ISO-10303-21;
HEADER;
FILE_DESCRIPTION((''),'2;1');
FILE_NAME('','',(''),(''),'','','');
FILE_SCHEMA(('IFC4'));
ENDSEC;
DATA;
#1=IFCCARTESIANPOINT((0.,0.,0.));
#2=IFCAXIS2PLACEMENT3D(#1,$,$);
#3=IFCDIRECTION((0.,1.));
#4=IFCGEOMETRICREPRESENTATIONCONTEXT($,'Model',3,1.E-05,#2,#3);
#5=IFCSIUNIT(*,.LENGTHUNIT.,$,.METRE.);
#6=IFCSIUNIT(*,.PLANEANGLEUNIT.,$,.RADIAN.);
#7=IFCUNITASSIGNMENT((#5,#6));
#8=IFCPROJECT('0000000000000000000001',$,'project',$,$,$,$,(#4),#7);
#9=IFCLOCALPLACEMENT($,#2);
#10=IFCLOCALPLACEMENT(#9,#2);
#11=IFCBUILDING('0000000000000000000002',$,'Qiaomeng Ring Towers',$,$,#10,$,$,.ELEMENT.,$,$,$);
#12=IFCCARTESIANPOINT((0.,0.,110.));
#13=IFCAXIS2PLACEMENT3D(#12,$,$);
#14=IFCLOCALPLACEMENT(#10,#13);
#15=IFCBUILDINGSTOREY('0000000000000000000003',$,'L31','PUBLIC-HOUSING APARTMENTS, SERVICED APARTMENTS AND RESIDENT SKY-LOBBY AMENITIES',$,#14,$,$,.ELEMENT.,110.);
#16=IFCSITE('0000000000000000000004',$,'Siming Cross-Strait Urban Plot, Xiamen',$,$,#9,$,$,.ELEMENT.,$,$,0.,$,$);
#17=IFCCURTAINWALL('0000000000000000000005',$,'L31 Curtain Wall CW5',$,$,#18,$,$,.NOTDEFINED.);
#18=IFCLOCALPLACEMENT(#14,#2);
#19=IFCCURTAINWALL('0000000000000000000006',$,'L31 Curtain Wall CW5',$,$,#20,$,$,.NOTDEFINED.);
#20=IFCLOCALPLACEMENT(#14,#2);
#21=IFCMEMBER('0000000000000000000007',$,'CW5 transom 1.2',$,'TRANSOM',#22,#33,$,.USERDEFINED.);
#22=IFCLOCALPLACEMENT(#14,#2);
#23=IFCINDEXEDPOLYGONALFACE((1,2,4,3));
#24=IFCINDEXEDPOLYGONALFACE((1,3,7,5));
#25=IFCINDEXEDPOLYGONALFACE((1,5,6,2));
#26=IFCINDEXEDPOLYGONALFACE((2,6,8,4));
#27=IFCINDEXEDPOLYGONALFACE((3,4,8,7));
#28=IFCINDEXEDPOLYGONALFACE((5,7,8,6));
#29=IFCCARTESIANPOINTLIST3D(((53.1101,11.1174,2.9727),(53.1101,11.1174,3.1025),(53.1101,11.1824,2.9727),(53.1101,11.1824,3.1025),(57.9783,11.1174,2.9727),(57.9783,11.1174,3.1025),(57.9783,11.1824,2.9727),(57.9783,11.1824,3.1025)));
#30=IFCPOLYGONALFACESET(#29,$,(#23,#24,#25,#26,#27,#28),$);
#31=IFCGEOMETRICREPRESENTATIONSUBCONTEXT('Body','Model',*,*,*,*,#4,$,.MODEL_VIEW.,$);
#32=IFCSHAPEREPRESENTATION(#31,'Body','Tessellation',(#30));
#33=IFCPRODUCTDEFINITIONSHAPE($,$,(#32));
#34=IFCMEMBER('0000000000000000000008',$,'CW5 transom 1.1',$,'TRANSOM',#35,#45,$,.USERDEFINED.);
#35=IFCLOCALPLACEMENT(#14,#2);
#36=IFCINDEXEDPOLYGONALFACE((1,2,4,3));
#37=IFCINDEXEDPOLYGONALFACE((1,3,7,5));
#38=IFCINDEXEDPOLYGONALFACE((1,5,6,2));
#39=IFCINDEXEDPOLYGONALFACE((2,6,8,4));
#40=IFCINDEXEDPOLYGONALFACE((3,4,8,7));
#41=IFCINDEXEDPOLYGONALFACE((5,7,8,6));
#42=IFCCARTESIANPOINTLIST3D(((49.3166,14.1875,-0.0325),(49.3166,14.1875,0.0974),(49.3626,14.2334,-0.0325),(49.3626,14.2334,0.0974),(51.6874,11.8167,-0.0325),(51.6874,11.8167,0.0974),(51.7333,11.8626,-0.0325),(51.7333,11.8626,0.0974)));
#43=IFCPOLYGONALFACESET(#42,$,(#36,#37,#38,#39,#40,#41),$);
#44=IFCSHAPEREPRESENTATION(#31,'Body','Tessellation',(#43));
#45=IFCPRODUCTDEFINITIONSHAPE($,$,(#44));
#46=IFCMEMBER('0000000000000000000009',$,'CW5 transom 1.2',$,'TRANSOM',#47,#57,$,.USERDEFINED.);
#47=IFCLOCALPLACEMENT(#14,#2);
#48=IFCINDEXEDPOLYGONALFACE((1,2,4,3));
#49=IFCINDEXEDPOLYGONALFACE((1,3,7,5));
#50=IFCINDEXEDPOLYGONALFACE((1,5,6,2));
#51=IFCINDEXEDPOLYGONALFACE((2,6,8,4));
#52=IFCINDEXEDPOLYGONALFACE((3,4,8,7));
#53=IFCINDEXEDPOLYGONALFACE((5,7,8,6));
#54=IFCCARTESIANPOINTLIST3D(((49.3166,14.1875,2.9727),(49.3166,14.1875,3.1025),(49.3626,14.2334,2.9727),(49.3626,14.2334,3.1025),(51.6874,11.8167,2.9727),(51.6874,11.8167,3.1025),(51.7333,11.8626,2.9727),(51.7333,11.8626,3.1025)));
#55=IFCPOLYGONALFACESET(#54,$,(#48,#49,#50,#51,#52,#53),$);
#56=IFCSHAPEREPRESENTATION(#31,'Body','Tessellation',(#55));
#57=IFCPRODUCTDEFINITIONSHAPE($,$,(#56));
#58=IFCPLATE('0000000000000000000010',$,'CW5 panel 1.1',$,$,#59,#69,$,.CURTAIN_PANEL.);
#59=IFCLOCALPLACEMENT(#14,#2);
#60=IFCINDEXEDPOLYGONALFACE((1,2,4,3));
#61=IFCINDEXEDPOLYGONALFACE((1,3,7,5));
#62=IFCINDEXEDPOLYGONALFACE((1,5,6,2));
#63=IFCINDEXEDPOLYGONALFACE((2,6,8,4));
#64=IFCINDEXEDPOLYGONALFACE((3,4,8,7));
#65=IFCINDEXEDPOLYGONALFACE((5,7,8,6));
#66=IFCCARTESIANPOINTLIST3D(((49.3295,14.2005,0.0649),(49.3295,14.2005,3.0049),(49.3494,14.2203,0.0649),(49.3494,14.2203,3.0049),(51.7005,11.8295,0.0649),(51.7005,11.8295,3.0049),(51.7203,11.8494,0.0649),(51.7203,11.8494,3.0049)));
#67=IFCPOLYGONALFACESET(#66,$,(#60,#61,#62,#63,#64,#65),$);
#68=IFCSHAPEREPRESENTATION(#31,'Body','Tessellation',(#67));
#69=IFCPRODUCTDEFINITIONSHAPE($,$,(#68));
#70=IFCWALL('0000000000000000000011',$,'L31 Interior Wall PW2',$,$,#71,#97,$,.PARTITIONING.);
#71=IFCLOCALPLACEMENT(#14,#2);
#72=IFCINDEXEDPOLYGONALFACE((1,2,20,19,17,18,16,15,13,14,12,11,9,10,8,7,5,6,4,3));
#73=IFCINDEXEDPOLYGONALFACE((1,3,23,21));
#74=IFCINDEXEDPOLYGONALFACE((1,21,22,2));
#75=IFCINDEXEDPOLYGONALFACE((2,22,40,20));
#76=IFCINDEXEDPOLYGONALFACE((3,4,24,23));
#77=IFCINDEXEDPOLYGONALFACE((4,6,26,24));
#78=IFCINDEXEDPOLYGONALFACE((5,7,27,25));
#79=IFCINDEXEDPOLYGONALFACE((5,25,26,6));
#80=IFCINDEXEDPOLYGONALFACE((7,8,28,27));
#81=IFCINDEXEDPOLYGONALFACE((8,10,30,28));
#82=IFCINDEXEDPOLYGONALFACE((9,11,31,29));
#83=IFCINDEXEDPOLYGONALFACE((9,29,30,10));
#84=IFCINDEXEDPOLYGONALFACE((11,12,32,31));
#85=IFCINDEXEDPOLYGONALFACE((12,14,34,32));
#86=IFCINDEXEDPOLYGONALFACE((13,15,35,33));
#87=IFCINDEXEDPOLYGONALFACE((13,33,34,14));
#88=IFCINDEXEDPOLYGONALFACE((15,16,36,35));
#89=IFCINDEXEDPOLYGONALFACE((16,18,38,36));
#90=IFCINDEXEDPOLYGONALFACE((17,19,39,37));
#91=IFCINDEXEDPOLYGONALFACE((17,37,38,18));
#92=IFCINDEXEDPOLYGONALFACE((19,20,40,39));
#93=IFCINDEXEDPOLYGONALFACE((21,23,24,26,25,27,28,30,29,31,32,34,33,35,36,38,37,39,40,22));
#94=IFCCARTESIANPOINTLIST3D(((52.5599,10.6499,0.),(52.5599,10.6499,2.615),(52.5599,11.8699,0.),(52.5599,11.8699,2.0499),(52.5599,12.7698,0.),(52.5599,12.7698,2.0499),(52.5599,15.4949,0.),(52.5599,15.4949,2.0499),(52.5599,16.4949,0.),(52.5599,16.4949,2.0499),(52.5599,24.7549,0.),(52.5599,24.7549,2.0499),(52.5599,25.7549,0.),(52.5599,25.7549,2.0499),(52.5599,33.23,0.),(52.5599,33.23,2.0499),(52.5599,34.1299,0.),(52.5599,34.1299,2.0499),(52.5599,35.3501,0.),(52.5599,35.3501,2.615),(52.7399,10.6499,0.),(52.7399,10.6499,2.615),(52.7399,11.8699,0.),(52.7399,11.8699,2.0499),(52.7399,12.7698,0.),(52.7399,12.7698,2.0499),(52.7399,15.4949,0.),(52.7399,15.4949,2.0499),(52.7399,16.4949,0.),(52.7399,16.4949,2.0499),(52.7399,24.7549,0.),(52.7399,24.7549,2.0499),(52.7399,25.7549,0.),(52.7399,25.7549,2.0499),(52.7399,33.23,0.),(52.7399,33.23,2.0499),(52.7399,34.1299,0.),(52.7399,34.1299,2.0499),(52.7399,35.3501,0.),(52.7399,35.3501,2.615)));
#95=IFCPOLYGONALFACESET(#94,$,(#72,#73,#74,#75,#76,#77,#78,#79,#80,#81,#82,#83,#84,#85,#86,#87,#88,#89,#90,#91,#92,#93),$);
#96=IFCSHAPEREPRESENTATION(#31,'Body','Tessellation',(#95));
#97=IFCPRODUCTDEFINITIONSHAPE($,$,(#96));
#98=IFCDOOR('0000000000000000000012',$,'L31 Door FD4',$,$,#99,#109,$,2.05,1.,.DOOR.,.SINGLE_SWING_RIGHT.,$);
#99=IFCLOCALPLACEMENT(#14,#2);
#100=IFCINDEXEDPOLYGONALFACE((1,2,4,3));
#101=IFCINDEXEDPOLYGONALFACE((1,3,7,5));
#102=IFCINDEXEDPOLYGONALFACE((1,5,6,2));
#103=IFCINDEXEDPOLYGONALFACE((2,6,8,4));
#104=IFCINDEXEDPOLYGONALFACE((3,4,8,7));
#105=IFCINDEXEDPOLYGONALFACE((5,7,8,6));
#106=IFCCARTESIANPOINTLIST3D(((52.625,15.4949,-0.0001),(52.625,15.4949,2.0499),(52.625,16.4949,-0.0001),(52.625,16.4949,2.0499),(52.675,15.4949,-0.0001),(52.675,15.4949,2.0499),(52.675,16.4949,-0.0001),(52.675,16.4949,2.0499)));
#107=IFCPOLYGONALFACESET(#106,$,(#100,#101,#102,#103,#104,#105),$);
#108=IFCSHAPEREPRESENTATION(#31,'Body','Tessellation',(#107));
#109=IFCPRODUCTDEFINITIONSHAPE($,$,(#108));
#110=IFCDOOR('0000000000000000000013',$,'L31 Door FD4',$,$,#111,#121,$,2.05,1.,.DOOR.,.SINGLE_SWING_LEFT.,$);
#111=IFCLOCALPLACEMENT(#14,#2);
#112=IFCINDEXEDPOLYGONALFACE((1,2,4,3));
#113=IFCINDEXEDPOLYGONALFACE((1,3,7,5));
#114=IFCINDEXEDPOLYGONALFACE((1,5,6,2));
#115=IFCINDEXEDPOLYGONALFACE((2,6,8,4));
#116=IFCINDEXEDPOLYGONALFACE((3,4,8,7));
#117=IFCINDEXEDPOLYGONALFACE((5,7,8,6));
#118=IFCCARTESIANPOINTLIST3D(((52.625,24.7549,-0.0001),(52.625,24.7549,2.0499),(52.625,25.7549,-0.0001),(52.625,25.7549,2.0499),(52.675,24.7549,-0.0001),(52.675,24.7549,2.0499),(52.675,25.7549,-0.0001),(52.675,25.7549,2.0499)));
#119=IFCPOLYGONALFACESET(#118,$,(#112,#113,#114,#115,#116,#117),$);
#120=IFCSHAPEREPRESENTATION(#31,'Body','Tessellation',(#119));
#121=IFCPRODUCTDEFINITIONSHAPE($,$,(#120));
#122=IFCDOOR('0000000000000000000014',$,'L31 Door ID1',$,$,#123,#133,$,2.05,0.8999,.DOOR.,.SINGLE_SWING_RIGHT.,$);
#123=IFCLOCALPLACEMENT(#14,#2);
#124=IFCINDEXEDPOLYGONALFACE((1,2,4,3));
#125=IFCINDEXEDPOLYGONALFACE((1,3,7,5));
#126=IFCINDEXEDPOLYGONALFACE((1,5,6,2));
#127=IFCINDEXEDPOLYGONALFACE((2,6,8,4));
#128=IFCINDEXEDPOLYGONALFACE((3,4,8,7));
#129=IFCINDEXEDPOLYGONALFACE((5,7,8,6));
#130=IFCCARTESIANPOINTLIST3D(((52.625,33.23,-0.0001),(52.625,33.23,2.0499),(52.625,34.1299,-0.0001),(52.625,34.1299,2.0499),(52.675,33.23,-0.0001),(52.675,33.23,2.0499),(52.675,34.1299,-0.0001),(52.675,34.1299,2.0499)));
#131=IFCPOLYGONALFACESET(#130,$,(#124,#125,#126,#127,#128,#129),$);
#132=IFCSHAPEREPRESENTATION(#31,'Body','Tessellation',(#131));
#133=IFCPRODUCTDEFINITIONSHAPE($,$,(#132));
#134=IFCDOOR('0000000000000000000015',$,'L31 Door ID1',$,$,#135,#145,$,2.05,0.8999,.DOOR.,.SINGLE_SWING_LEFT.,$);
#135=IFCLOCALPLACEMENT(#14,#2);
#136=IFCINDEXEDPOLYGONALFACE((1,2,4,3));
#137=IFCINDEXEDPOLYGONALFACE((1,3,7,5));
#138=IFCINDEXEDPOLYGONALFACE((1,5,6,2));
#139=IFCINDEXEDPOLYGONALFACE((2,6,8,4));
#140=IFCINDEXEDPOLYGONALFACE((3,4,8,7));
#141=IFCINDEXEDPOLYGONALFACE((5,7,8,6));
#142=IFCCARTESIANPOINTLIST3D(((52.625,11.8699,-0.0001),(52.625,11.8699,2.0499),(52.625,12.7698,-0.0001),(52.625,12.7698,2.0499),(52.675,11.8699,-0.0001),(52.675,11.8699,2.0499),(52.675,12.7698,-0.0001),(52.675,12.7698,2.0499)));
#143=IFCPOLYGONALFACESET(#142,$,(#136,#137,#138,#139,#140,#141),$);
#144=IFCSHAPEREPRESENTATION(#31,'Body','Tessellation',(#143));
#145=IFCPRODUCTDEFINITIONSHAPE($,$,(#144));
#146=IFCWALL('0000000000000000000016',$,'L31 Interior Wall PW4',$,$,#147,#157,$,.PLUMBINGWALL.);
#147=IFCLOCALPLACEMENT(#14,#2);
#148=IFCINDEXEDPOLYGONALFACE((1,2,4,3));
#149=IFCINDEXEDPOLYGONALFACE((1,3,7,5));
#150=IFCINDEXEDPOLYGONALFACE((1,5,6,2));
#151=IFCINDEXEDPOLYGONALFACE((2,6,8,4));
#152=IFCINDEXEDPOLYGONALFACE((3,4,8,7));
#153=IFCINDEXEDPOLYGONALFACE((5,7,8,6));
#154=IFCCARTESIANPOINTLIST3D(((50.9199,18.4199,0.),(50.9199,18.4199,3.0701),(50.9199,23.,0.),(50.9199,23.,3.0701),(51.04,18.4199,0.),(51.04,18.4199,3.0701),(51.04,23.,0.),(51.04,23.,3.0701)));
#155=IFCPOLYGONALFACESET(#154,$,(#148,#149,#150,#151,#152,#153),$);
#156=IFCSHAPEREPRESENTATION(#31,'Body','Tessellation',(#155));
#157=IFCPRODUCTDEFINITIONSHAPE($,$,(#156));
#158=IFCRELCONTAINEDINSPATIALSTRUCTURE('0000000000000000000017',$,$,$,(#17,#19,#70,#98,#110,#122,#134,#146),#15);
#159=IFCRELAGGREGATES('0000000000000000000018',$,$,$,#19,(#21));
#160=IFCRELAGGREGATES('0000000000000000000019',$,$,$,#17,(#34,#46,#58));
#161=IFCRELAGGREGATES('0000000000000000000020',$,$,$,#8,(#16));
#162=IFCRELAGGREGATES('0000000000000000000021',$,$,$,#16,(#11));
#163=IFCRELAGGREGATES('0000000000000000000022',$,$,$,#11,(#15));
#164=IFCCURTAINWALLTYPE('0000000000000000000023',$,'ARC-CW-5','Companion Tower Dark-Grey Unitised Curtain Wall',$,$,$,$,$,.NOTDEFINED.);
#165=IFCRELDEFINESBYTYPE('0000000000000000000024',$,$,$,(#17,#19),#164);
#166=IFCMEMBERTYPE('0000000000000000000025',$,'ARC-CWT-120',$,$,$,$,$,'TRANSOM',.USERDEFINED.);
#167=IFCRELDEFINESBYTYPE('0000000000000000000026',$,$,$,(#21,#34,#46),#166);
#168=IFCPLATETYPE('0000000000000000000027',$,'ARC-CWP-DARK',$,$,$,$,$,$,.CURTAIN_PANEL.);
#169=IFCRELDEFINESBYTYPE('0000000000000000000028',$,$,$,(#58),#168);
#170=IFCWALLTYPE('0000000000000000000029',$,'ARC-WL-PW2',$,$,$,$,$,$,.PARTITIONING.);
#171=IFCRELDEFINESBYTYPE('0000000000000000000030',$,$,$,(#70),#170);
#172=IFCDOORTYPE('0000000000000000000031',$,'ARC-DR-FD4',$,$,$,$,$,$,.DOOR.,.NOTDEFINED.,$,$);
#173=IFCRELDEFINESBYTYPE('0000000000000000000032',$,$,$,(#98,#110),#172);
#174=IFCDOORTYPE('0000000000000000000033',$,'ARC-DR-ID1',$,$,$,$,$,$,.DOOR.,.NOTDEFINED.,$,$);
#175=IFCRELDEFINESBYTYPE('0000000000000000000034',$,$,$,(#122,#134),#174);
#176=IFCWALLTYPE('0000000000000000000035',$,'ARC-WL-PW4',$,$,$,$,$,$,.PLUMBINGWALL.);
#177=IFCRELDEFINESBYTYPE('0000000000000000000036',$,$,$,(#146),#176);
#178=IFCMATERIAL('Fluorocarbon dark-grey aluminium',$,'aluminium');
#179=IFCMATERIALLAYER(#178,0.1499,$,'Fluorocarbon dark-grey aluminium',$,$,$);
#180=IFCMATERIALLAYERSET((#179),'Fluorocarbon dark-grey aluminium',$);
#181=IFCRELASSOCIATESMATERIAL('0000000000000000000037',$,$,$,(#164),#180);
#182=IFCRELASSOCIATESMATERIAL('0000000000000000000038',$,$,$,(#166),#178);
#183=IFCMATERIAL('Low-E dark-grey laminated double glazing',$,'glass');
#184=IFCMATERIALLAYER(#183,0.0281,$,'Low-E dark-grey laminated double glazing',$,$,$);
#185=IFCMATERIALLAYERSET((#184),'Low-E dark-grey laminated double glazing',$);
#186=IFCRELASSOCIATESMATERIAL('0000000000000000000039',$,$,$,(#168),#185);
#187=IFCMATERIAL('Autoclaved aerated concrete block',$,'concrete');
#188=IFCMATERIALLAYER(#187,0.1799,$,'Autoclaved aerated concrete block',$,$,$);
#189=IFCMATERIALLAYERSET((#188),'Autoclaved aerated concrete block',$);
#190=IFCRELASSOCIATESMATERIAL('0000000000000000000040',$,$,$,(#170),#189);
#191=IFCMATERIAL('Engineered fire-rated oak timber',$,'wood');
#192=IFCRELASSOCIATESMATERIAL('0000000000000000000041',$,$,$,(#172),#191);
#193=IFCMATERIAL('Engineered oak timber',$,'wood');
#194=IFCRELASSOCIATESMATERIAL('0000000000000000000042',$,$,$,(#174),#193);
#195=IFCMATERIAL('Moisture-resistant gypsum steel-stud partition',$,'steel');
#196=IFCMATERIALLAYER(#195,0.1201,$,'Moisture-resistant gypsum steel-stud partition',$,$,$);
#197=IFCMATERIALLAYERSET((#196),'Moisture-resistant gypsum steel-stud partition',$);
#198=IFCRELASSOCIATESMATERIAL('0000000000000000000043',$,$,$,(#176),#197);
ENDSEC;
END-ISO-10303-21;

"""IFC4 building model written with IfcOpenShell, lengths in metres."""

from ifc_helpers import new_model, si_unit, direction, frame, frame_2d, origin, origin_2d, place, context, subcontext, project, spatial, rectangle, extrude, source, transform, mapped, material, layer, layer_set, material_profile, profile_set, type_object, element, fill, aggregate, save


model = new_model("IFC4")

# Units and contexts
model_context = context("Model", 3, precision=1e-05, world=origin(), true_north=direction((0.0, 1.0)))
body_context = subcontext(model_context, "Body", "Model", "MODEL_VIEW")
ifc_project = project(units=[si_unit("LENGTHUNIT", "METRE"), si_unit("PLANEANGLEUNIT", "RADIAN")], contexts=[model_context])

# Site, building, storey
site_placement = place(None, origin())
site = spatial("IfcSite", under=ifc_project, at=site_placement, Name="Siming Cross-Strait Urban Plot, Xiamen", CompositionType="ELEMENT", RefElevation=0.0)
building_placement = place(site_placement, origin())
building = spatial("IfcBuilding", under=site, at=building_placement, Name="Qiaomeng Ring Towers", CompositionType="ELEMENT")
storey_placement = place(building_placement, frame((0.0, 0.0, 110.0)))
storey = spatial("IfcBuildingStorey", under=building, at=storey_placement, Name="L31", Description="PUBLIC-HOUSING APARTMENTS, SERVICED APARTMENTS AND RESIDENT SKY-LOBBY AMENITIES", CompositionType="ELEMENT", Elevation=110.0)

# Curtain walls, member
ifc_material_1 = material(Name="Fluorocarbon dark-grey aluminium", Category="aluminium")
ifc_layer_1 = layer(ifc_material_1, 0.1499, Name="Fluorocarbon dark-grey aluminium")
ifc_layer_set_1 = layer_set([ifc_layer_1], Name="Fluorocarbon dark-grey aluminium")
curtain_wall_type = type_object("IfcCurtainWallType", Name="ARC-CW-5", Description="Companion Tower Dark-Grey Unitised Curtain Wall", PredefinedType="NOTDEFINED", material=ifc_layer_set_1)
curtain_wall_1_placement = place(storey_placement, origin())
curtain_wall_1 = element("IfcCurtainWall", 1, at=curtain_wall_1_placement, inside=storey, type_object=curtain_wall_type, Name="L31 Curtain Wall CW5", PredefinedType="NOTDEFINED")
curtain_wall_2_placement = place(storey_placement, origin())
curtain_wall_2 = element("IfcCurtainWall", 2, at=curtain_wall_2_placement, inside=storey, type_object=curtain_wall_type, Name="L31 Curtain Wall CW5", PredefinedType="NOTDEFINED")
ifc_material_profile_1 = material_profile(ifc_material_1, rectangle(XDim=0.0649, YDim=0.1299, at=origin_2d()), Name="ALU TRAN 65x130")
ifc_profile_set_1 = profile_set([ifc_material_profile_1], Name="Fluorocarbon dark-grey aluminium")
member_type_1 = type_object("IfcMemberType", Name="ARC-CWT-120", ElementType="TRANSOM", PredefinedType="USERDEFINED", material=ifc_profile_set_1)
shared_shape_1 = source(origin(), body_context, "Body", "SweptSolid", [
    extrude(rectangle(XDim=0.0649, YDim=0.1299, at=origin_2d()), origin(), (0.0, 0.0, 1.0), 4.8682),
])
member_1_placement = place(storey_placement, frame((53.1101, 11.1499, 3.0376), z_axis=(1.0, 0.0, 0.0), x_axis=(0.0, 1.0, 0.0)))
member_1 = element("IfcMember", 3, at=member_1_placement, type_object=member_type_1, Name="CW5 transom 1.2", ObjectType="TRANSOM", PredefinedType="USERDEFINED", context=body_context, shape_type="MappedRepresentation", body=[
    mapped(shared_shape_1, transform((0.0, 0.0, 0.0), x_axis=(1.0, 0.0, 0.0), y_axis=(0.0, 1.0, 0.0), z_axis=(0.0, 0.0, 1.0), scale=1.0)),
])
aggregate(curtain_wall_2, [member_1])

# Members
shared_shape_2 = source(origin(), body_context, "Body", "SweptSolid", [
    extrude(rectangle(XDim=0.0649, YDim=0.1299, at=origin_2d()), origin(), (0.0, 0.0, 1.0), 3.3528),
])
member_2_placement = place(storey_placement, frame((49.3396, 14.2104, 0.0325), z_axis=(0.707107, -0.707107, 0.0), x_axis=(0.707107, 0.707107, 0.0)))
member_2 = element("IfcMember", 4, at=member_2_placement, type_object=member_type_1, Name="CW5 transom 1.1", ObjectType="TRANSOM", PredefinedType="USERDEFINED", context=body_context, shape_type="MappedRepresentation", body=[
    mapped(shared_shape_2, transform((0.0, 0.0, 0.0), x_axis=(1.0, 0.0, 0.0), y_axis=(0.0, 1.0, 0.0), z_axis=(0.0, 0.0, 1.0), scale=1.0)),
])
member_3_placement = place(storey_placement, frame((49.3396, 14.2104, 3.0376), z_axis=(0.707107, -0.707107, 0.0), x_axis=(0.707107, 0.707107, 0.0)))
member_3 = element("IfcMember", 5, at=member_3_placement, type_object=member_type_1, Name="CW5 transom 1.2", ObjectType="TRANSOM", PredefinedType="USERDEFINED", context=body_context, shape_type="MappedRepresentation", body=[
    mapped(shared_shape_2, transform((0.0, 0.0, 0.0), x_axis=(1.0, 0.0, 0.0), y_axis=(0.0, 1.0, 0.0), z_axis=(0.0, 0.0, 1.0), scale=1.0)),
])

# Plate
ifc_material_2 = material(Name="Low-E dark-grey laminated double glazing", Category="glass")
ifc_layer_2 = layer(ifc_material_2, 0.0281, Name="Low-E dark-grey laminated double glazing")
ifc_layer_set_2 = layer_set([ifc_layer_2], Name="Low-E dark-grey laminated double glazing")
plate_type = type_object("IfcPlateType", Name="ARC-CWP-DARK", PredefinedType="CURTAIN_PANEL", material=ifc_layer_set_2)
shared_shape_3 = source(origin(), body_context, "Body", "SweptSolid", [
    extrude(rectangle(XDim=3.353, YDim=0.0281, at=origin_2d()), origin(), (0.0, 0.0, 1.0), 2.9399),
])
plate_placement = place(storey_placement, frame((50.5249, 13.0249, 0.0649), z_axis=(0.0, 0.0, 1.0), x_axis=(0.707107, -0.707107, 0.0)))
plate = element("IfcPlate", 6, at=plate_placement, type_object=plate_type, Name="CW5 panel 1.1", PredefinedType="CURTAIN_PANEL", context=body_context, shape_type="MappedRepresentation", body=[
    mapped(shared_shape_3, transform((0.0, 0.0, 0.0), x_axis=(1.0, 0.0, 0.0), y_axis=(0.0, 1.0, 0.0), z_axis=(0.0, 0.0, 1.0), scale=1.0)),
])
aggregate(curtain_wall_1, [member_2, member_3, plate])

# Wall, openings, doors
ifc_material_3 = material(Name="Autoclaved aerated concrete block", Category="concrete")
ifc_layer_3 = layer(ifc_material_3, 0.1799, Name="Autoclaved aerated concrete block")
ifc_layer_set_3 = layer_set([ifc_layer_3], Name="Autoclaved aerated concrete block")
wall_type_1 = type_object("IfcWallType", Name="ARC-WL-PW2", PredefinedType="PARTITIONING", material=ifc_layer_set_3)
wall_1_placement = place(storey_placement, frame((52.6499, 10.6499, 0.0), z_axis=(0.0, 0.0, 1.0), x_axis=(0.0, 1.0, 0.0)))
wall_1 = element("IfcWall", 7, at=wall_1_placement, inside=storey, type_object=wall_type_1, Name="L31 Interior Wall PW2", PredefinedType="PARTITIONING", context=body_context, shape_type="SweptSolid", body=[
    extrude(rectangle(XDim=24.7002, YDim=0.1799, at=frame_2d((12.3501, 0.0))), origin(), (0.0, 0.0, 1.0), 2.615),
])
opening_1_placement = place(wall_1_placement, frame((22.5801, 0.0, 0.0)))
opening_1 = element("IfcOpeningElement", 8, at=opening_1_placement, cuts=wall_1, PredefinedType="OPENING", context=body_context, shape_type="SweptSolid", body=[
    extrude(rectangle(XDim=0.8999, YDim=2.05, at=frame_2d((0.45, 1.0249))), frame((0.0, 0.0999, 0.0), z_axis=(0.0, -1.0, 0.0), x_axis=(1.0, 0.0, 0.0)), (0.0, 0.0, 1.0), 0.2),
])
opening_2_placement = place(wall_1_placement, frame((1.22, 0.0, 0.0)))
opening_2 = element("IfcOpeningElement", 9, at=opening_2_placement, cuts=wall_1, PredefinedType="OPENING", context=body_context, shape_type="SweptSolid", body=[
    extrude(rectangle(XDim=0.8999, YDim=2.05, at=frame_2d((0.45, 1.0249))), frame((0.0, 0.0999, 0.0), z_axis=(0.0, -1.0, 0.0), x_axis=(1.0, 0.0, 0.0)), (0.0, 0.0, 1.0), 0.2),
])
opening_3_placement = place(wall_1_placement, frame((4.845, 0.0, 0.0)))
opening_3 = element("IfcOpeningElement", 10, at=opening_3_placement, cuts=wall_1, PredefinedType="OPENING", context=body_context, shape_type="SweptSolid", body=[
    extrude(rectangle(XDim=1.0, YDim=2.05, at=frame_2d((0.5, 1.0249))), frame((0.0, 0.0999, 0.0), z_axis=(0.0, -1.0, 0.0), x_axis=(1.0, 0.0, 0.0)), (0.0, 0.0, 1.0), 0.2),
])
opening_4_placement = place(wall_1_placement, frame((14.105, 0.0, 0.0)))
opening_4 = element("IfcOpeningElement", 11, at=opening_4_placement, cuts=wall_1, PredefinedType="OPENING", context=body_context, shape_type="SweptSolid", body=[
    extrude(rectangle(XDim=1.0, YDim=2.05, at=frame_2d((0.5, 1.0249))), frame((0.0, 0.0999, 0.0), z_axis=(0.0, -1.0, 0.0), x_axis=(1.0, 0.0, 0.0)), (0.0, 0.0, 1.0), 0.2),
])
ifc_material_4 = material(Name="Engineered fire-rated oak timber", Category="wood")
door_type_1 = type_object("IfcDoorType", Name="ARC-DR-FD4", OperationType="NOTDEFINED", PredefinedType="DOOR", material=ifc_material_4)
shared_shape_4 = source(origin(), body_context, "Body", "SweptSolid", [
    extrude(rectangle(XDim=1.0, YDim=2.05, at=frame_2d((0.5, 1.0249))), frame((0.0, 0.0249, 0.0), z_axis=(0.0, -1.0, 0.0), x_axis=(1.0, 0.0, 0.0)), (0.0, 0.0, 1.0), 0.05),
])
door_1_placement = place(opening_3_placement, origin())
door_1 = element("IfcDoor", 12, at=door_1_placement, inside=storey, type_object=door_type_1, Name="L31 Door FD4", OperationType="SINGLE_SWING_RIGHT", OverallHeight=2.05, OverallWidth=1.0, PredefinedType="DOOR", context=body_context, shape_type="MappedRepresentation", body=[
    mapped(shared_shape_4, transform((0.0, 0.0, 0.0), x_axis=(1.0, 0.0, 0.0), y_axis=(0.0, 1.0, 0.0), z_axis=(0.0, 0.0, 1.0), scale=1.0)),
])
fill(opening_3, door_1)
door_2_placement = place(opening_4_placement, origin())
door_2 = element("IfcDoor", 13, at=door_2_placement, inside=storey, type_object=door_type_1, Name="L31 Door FD4", OperationType="SINGLE_SWING_LEFT", OverallHeight=2.05, OverallWidth=1.0, PredefinedType="DOOR", context=body_context, shape_type="MappedRepresentation", body=[
    mapped(shared_shape_4, transform((0.0, 0.0, 0.0), x_axis=(1.0, 0.0, 0.0), y_axis=(0.0, 1.0, 0.0), z_axis=(0.0, 0.0, 1.0), scale=1.0)),
])
fill(opening_4, door_2)
ifc_material_5 = material(Name="Engineered oak timber", Category="wood")
door_type_2 = type_object("IfcDoorType", Name="ARC-DR-ID1", OperationType="NOTDEFINED", PredefinedType="DOOR", material=ifc_material_5)
shared_shape_5 = source(origin(), body_context, "Body", "SweptSolid", [
    extrude(rectangle(XDim=0.8999, YDim=2.05, at=frame_2d((0.45, 1.0249))), frame((0.0, 0.0249, 0.0), z_axis=(0.0, -1.0, 0.0), x_axis=(1.0, 0.0, 0.0)), (0.0, 0.0, 1.0), 0.05),
])
door_3_placement = place(opening_1_placement, origin())
door_3 = element("IfcDoor", 14, at=door_3_placement, inside=storey, type_object=door_type_2, Name="L31 Door ID1", OperationType="SINGLE_SWING_RIGHT", OverallHeight=2.05, OverallWidth=0.8999, PredefinedType="DOOR", context=body_context, shape_type="MappedRepresentation", body=[
    mapped(shared_shape_5, transform((0.0, 0.0, 0.0), x_axis=(1.0, 0.0, 0.0), y_axis=(0.0, 1.0, 0.0), z_axis=(0.0, 0.0, 1.0), scale=1.0)),
])
fill(opening_1, door_3)
door_4_placement = place(opening_2_placement, origin())
door_4 = element("IfcDoor", 15, at=door_4_placement, inside=storey, type_object=door_type_2, Name="L31 Door ID1", OperationType="SINGLE_SWING_LEFT", OverallHeight=2.05, OverallWidth=0.8999, PredefinedType="DOOR", context=body_context, shape_type="MappedRepresentation", body=[
    mapped(shared_shape_5, transform((0.0, 0.0, 0.0), x_axis=(1.0, 0.0, 0.0), y_axis=(0.0, 1.0, 0.0), z_axis=(0.0, 0.0, 1.0), scale=1.0)),
])
fill(opening_2, door_4)

# Wall
ifc_material_6 = material(Name="Moisture-resistant gypsum steel-stud partition", Category="steel")
ifc_layer_4 = layer(ifc_material_6, 0.1201, Name="Moisture-resistant gypsum steel-stud partition")
ifc_layer_set_4 = layer_set([ifc_layer_4], Name="Moisture-resistant gypsum steel-stud partition")
wall_type_2 = type_object("IfcWallType", Name="ARC-WL-PW4", PredefinedType="PLUMBINGWALL", material=ifc_layer_set_4)
wall_2_placement = place(storey_placement, frame((50.98, 18.4199, 0.0), z_axis=(0.0, 0.0, 1.0), x_axis=(0.0, 1.0, 0.0)))
element("IfcWall", 16, at=wall_2_placement, inside=storey, type_object=wall_type_2, Name="L31 Interior Wall PW4", PredefinedType="PLUMBINGWALL", context=body_context, shape_type="SweptSolid", body=[
    extrude(rectangle(XDim=4.5801, YDim=0.1201, at=frame_2d((2.29, 0.0))), origin(), (0.0, 0.0, 1.0), 3.0701),
])

save(model, "model.ifc")
